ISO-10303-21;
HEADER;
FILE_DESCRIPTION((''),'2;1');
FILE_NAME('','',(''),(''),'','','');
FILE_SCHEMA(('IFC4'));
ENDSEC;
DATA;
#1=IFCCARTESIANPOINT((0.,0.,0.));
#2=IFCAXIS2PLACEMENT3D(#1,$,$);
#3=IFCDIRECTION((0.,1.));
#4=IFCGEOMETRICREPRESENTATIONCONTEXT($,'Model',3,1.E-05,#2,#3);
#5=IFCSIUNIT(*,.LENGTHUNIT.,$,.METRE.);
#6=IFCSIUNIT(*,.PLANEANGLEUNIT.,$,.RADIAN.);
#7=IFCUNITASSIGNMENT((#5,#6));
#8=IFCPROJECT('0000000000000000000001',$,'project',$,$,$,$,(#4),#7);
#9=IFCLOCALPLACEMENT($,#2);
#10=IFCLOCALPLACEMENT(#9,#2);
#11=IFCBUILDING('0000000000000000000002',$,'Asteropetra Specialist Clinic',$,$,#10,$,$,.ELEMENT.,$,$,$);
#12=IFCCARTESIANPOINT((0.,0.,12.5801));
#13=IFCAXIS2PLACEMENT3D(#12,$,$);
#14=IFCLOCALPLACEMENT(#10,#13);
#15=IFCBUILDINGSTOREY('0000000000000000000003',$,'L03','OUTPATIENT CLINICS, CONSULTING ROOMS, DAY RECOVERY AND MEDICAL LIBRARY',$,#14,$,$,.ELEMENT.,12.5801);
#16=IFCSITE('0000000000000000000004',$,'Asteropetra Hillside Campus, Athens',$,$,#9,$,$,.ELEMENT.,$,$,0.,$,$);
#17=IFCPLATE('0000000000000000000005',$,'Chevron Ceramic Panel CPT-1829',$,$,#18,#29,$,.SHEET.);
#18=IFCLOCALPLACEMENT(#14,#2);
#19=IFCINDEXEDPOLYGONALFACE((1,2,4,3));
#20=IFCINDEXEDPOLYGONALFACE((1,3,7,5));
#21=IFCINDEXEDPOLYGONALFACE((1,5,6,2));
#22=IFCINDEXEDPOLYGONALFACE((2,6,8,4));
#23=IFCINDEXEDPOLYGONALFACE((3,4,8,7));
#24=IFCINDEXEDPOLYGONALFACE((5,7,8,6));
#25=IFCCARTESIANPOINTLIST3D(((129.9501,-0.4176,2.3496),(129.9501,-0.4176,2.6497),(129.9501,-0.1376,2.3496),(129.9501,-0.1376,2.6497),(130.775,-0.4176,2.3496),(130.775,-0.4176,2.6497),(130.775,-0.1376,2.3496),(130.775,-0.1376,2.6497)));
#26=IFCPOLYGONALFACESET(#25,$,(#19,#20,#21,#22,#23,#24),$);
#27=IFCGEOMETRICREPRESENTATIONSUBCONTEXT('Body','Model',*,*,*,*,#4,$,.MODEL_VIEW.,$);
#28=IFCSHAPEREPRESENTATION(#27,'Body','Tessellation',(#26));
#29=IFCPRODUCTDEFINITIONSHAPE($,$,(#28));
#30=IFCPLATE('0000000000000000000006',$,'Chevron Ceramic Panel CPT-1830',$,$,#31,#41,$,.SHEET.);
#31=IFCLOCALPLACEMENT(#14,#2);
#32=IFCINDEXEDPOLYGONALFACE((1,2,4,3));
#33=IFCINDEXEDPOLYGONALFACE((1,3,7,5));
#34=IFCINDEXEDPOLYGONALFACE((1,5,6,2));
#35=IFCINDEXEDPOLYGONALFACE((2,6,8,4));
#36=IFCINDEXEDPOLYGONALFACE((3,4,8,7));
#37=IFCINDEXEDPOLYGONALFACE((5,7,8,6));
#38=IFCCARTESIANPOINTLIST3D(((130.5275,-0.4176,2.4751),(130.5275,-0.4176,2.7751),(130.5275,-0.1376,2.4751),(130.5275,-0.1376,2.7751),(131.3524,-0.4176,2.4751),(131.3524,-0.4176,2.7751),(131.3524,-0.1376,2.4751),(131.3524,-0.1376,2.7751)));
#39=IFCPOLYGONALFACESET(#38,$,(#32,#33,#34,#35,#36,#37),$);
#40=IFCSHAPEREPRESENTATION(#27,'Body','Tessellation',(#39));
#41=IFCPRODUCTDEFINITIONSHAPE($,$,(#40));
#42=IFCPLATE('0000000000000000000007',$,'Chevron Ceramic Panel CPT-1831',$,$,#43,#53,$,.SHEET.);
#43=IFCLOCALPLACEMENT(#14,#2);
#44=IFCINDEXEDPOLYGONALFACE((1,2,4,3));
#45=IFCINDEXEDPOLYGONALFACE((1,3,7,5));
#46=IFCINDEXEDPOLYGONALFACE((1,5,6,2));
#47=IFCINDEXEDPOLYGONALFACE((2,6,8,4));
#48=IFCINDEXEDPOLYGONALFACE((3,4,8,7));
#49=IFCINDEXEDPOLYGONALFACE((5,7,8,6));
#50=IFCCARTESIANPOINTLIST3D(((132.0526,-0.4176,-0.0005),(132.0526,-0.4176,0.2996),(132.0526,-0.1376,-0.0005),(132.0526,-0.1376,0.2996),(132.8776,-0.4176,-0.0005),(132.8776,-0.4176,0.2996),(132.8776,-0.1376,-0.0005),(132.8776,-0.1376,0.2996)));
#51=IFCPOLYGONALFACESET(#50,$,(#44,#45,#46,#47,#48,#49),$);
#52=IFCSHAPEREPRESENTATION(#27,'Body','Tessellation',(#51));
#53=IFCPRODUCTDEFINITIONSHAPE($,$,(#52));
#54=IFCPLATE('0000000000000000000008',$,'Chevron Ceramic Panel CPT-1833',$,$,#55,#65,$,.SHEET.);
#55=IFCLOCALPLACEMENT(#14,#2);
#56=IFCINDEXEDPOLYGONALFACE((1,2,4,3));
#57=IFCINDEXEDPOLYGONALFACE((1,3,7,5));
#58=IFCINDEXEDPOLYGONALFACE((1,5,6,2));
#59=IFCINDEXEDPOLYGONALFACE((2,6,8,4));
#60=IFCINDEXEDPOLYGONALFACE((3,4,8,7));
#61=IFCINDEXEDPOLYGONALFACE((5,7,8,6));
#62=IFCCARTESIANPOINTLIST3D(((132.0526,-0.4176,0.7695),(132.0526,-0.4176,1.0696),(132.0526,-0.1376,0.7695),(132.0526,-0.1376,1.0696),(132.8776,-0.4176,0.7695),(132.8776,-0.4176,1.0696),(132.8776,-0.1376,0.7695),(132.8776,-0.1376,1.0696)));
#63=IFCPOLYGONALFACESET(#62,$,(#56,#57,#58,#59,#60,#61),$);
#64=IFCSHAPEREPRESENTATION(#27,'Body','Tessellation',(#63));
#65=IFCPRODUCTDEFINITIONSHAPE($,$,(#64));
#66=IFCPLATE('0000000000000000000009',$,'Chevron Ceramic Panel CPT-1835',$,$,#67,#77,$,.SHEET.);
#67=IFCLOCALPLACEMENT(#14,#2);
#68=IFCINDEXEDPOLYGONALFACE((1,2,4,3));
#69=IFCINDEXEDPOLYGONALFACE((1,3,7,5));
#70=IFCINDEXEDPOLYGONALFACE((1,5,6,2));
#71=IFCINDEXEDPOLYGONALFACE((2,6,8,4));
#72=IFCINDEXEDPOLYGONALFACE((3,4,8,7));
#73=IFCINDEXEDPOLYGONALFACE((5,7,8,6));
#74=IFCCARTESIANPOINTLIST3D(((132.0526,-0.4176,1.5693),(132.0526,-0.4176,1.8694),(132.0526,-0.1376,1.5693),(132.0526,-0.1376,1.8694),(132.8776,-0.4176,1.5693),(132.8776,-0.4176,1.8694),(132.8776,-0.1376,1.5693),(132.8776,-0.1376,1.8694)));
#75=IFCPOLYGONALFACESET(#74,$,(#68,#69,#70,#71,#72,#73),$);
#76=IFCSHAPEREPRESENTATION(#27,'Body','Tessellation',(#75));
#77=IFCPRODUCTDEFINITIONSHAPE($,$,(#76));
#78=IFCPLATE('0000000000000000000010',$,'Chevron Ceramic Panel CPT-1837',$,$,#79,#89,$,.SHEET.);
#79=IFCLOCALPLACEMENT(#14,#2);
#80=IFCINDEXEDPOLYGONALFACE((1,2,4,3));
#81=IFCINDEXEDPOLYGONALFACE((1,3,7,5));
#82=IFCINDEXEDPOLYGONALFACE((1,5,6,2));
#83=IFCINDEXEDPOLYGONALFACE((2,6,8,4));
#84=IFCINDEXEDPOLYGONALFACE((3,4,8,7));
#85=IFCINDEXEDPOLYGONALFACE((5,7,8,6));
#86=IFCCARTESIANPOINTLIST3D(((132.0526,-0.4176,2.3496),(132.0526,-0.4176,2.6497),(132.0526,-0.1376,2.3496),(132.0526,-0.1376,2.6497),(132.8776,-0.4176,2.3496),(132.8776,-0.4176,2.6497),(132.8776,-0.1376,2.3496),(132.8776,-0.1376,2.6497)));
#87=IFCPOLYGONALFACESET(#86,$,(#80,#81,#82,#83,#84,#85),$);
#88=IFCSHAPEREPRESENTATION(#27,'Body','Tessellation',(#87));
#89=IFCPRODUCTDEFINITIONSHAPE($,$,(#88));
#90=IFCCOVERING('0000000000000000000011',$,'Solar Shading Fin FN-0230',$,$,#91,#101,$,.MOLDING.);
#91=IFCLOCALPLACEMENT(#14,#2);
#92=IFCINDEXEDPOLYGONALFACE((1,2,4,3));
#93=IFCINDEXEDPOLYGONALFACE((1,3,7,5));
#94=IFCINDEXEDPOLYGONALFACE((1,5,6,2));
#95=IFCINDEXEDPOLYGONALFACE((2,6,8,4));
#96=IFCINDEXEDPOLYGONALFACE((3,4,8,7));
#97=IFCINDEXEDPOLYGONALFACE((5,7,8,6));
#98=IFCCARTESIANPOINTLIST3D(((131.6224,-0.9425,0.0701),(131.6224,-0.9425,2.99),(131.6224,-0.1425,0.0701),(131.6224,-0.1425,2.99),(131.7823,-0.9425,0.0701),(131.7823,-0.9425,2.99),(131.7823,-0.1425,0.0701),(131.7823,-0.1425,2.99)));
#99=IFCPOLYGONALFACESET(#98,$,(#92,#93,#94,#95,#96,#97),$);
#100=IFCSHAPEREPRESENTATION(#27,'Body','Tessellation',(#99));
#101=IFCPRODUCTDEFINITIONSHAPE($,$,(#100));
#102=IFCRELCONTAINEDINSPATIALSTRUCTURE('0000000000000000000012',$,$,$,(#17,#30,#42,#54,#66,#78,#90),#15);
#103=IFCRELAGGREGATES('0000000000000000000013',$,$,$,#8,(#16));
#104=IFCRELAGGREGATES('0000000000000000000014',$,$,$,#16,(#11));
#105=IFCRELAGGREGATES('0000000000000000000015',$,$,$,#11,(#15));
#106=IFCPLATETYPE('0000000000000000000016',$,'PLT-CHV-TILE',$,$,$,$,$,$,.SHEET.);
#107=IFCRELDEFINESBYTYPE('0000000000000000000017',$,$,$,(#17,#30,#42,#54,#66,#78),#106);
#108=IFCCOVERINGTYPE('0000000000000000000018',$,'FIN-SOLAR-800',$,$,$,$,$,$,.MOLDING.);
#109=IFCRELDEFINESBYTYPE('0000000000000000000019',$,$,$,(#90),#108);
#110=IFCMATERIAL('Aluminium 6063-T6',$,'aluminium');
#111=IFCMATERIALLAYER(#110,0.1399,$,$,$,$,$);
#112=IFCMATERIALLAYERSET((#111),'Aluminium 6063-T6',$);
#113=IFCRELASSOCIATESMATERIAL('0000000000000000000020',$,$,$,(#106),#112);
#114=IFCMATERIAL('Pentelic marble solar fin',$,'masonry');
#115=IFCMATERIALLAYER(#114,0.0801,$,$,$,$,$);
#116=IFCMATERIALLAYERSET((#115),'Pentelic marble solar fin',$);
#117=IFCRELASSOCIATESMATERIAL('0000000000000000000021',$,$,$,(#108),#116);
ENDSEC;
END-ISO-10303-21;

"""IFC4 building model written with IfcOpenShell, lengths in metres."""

from ifc_helpers import new_model, si_unit, direction, frame, origin, origin_2d, place, context, subcontext, project, spatial, rectangle, extrude, material, layer, layer_set, type_object, element, save


model = new_model("IFC4")

# Units and contexts
model_context = context("Model", 3, precision=1e-05, world=origin(), true_north=direction((0.0, 1.0)))
body_context = subcontext(model_context, "Body", "Model", "MODEL_VIEW")
ifc_project = project(units=[si_unit("LENGTHUNIT", "METRE"), si_unit("PLANEANGLEUNIT", "RADIAN")], contexts=[model_context])

# Site, building, storey
site_placement = place(None, origin())
site = spatial("IfcSite", under=ifc_project, at=site_placement, Name="Asteropetra Hillside Campus, Athens", CompositionType="ELEMENT", RefElevation=0.0)
building_placement = place(site_placement, origin())
building = spatial("IfcBuilding", under=site, at=building_placement, Name="Asteropetra Specialist Clinic", CompositionType="ELEMENT")
storey_placement = place(building_placement, frame((0.0, 0.0, 12.5801)))
storey = spatial("IfcBuildingStorey", under=building, at=storey_placement, Name="L03", Description="OUTPATIENT CLINICS, CONSULTING ROOMS, DAY RECOVERY AND MEDICAL LIBRARY", CompositionType="ELEMENT", Elevation=12.5801)

# Plates
ifc_material_1 = material(Name="Aluminium 6063-T6", Category="aluminium")
ifc_layer_1 = layer(ifc_material_1, 0.1399)
ifc_layer_set_1 = layer_set([ifc_layer_1], Name="Aluminium 6063-T6")
plate_type_1 = type_object("IfcPlateType", Name="PLT-CHV-TILE", PredefinedType="SHEET", material=ifc_layer_set_1)
for number, where, z_axis, x_axis, name in (
    (1, (130.3625, -0.2776, 2.3496), (0.0, 0.0, 1.0), (1.0, 0.0, 0.0), "Chevron Ceramic Panel CPT-1829"),
    (2, (130.9399, -0.2776, 2.4751), (0.0, 0.0, 1.0), (1.0, 0.0, 0.0), "Chevron Ceramic Panel CPT-1830"),
    (3, (132.4651, -0.2776, -0.0005), (0.0, 0.0, 1.0), (1.0, 0.0, 0.0), "Chevron Ceramic Panel CPT-1831"),
    (4, (132.4651, -0.2776, 0.7695), (0.0, 0.0, 1.0), (1.0, 0.0, 0.0), "Chevron Ceramic Panel CPT-1833"),
    (5, (132.4651, -0.2776, 1.5693), (0.0, 0.0, 1.0), (1.0, 0.0, 0.0), "Chevron Ceramic Panel CPT-1835"),
    (6, (132.4651, -0.2776, 2.3496), (0.0, 0.0, 1.0), (1.0, 0.0, 0.0), "Chevron Ceramic Panel CPT-1837"),
):
    element("IfcPlate", number, at=place(storey_placement, frame(where, z_axis=z_axis, x_axis=x_axis)), inside=storey, type_object=plate_type_1, Name=name, PredefinedType="SHEET", context=body_context, shape_type="SweptSolid", body=[
        extrude(rectangle(XDim=0.825, YDim=0.28, at=origin_2d()), origin(), (0.0, 0.0, 1.0), 0.3),
    ])

# Covering
ifc_material_2 = material(Name="Pentelic marble solar fin", Category="masonry")
ifc_layer_2 = layer(ifc_material_2, 0.0801)
ifc_layer_set_2 = layer_set([ifc_layer_2], Name="Pentelic marble solar fin")
covering_type = type_object("IfcCoveringType", Name="FIN-SOLAR-800", PredefinedType="MOLDING", material=ifc_layer_set_2)
covering_placement = place(storey_placement, frame((131.7024, -0.5425, 0.0701), z_axis=(0.0, 0.0, 1.0), x_axis=(1.0, 0.0, 0.0)))
element("IfcCovering", 7, at=covering_placement, inside=storey, type_object=covering_type, Name="Solar Shading Fin FN-0230", PredefinedType="MOLDING", context=body_context, shape_type="SweptSolid", body=[
    extrude(rectangle(XDim=0.1599, YDim=0.8, at=origin_2d()), origin(), (0.0, 0.0, 1.0), 2.9199),
])

save(model, "model.ifc")
